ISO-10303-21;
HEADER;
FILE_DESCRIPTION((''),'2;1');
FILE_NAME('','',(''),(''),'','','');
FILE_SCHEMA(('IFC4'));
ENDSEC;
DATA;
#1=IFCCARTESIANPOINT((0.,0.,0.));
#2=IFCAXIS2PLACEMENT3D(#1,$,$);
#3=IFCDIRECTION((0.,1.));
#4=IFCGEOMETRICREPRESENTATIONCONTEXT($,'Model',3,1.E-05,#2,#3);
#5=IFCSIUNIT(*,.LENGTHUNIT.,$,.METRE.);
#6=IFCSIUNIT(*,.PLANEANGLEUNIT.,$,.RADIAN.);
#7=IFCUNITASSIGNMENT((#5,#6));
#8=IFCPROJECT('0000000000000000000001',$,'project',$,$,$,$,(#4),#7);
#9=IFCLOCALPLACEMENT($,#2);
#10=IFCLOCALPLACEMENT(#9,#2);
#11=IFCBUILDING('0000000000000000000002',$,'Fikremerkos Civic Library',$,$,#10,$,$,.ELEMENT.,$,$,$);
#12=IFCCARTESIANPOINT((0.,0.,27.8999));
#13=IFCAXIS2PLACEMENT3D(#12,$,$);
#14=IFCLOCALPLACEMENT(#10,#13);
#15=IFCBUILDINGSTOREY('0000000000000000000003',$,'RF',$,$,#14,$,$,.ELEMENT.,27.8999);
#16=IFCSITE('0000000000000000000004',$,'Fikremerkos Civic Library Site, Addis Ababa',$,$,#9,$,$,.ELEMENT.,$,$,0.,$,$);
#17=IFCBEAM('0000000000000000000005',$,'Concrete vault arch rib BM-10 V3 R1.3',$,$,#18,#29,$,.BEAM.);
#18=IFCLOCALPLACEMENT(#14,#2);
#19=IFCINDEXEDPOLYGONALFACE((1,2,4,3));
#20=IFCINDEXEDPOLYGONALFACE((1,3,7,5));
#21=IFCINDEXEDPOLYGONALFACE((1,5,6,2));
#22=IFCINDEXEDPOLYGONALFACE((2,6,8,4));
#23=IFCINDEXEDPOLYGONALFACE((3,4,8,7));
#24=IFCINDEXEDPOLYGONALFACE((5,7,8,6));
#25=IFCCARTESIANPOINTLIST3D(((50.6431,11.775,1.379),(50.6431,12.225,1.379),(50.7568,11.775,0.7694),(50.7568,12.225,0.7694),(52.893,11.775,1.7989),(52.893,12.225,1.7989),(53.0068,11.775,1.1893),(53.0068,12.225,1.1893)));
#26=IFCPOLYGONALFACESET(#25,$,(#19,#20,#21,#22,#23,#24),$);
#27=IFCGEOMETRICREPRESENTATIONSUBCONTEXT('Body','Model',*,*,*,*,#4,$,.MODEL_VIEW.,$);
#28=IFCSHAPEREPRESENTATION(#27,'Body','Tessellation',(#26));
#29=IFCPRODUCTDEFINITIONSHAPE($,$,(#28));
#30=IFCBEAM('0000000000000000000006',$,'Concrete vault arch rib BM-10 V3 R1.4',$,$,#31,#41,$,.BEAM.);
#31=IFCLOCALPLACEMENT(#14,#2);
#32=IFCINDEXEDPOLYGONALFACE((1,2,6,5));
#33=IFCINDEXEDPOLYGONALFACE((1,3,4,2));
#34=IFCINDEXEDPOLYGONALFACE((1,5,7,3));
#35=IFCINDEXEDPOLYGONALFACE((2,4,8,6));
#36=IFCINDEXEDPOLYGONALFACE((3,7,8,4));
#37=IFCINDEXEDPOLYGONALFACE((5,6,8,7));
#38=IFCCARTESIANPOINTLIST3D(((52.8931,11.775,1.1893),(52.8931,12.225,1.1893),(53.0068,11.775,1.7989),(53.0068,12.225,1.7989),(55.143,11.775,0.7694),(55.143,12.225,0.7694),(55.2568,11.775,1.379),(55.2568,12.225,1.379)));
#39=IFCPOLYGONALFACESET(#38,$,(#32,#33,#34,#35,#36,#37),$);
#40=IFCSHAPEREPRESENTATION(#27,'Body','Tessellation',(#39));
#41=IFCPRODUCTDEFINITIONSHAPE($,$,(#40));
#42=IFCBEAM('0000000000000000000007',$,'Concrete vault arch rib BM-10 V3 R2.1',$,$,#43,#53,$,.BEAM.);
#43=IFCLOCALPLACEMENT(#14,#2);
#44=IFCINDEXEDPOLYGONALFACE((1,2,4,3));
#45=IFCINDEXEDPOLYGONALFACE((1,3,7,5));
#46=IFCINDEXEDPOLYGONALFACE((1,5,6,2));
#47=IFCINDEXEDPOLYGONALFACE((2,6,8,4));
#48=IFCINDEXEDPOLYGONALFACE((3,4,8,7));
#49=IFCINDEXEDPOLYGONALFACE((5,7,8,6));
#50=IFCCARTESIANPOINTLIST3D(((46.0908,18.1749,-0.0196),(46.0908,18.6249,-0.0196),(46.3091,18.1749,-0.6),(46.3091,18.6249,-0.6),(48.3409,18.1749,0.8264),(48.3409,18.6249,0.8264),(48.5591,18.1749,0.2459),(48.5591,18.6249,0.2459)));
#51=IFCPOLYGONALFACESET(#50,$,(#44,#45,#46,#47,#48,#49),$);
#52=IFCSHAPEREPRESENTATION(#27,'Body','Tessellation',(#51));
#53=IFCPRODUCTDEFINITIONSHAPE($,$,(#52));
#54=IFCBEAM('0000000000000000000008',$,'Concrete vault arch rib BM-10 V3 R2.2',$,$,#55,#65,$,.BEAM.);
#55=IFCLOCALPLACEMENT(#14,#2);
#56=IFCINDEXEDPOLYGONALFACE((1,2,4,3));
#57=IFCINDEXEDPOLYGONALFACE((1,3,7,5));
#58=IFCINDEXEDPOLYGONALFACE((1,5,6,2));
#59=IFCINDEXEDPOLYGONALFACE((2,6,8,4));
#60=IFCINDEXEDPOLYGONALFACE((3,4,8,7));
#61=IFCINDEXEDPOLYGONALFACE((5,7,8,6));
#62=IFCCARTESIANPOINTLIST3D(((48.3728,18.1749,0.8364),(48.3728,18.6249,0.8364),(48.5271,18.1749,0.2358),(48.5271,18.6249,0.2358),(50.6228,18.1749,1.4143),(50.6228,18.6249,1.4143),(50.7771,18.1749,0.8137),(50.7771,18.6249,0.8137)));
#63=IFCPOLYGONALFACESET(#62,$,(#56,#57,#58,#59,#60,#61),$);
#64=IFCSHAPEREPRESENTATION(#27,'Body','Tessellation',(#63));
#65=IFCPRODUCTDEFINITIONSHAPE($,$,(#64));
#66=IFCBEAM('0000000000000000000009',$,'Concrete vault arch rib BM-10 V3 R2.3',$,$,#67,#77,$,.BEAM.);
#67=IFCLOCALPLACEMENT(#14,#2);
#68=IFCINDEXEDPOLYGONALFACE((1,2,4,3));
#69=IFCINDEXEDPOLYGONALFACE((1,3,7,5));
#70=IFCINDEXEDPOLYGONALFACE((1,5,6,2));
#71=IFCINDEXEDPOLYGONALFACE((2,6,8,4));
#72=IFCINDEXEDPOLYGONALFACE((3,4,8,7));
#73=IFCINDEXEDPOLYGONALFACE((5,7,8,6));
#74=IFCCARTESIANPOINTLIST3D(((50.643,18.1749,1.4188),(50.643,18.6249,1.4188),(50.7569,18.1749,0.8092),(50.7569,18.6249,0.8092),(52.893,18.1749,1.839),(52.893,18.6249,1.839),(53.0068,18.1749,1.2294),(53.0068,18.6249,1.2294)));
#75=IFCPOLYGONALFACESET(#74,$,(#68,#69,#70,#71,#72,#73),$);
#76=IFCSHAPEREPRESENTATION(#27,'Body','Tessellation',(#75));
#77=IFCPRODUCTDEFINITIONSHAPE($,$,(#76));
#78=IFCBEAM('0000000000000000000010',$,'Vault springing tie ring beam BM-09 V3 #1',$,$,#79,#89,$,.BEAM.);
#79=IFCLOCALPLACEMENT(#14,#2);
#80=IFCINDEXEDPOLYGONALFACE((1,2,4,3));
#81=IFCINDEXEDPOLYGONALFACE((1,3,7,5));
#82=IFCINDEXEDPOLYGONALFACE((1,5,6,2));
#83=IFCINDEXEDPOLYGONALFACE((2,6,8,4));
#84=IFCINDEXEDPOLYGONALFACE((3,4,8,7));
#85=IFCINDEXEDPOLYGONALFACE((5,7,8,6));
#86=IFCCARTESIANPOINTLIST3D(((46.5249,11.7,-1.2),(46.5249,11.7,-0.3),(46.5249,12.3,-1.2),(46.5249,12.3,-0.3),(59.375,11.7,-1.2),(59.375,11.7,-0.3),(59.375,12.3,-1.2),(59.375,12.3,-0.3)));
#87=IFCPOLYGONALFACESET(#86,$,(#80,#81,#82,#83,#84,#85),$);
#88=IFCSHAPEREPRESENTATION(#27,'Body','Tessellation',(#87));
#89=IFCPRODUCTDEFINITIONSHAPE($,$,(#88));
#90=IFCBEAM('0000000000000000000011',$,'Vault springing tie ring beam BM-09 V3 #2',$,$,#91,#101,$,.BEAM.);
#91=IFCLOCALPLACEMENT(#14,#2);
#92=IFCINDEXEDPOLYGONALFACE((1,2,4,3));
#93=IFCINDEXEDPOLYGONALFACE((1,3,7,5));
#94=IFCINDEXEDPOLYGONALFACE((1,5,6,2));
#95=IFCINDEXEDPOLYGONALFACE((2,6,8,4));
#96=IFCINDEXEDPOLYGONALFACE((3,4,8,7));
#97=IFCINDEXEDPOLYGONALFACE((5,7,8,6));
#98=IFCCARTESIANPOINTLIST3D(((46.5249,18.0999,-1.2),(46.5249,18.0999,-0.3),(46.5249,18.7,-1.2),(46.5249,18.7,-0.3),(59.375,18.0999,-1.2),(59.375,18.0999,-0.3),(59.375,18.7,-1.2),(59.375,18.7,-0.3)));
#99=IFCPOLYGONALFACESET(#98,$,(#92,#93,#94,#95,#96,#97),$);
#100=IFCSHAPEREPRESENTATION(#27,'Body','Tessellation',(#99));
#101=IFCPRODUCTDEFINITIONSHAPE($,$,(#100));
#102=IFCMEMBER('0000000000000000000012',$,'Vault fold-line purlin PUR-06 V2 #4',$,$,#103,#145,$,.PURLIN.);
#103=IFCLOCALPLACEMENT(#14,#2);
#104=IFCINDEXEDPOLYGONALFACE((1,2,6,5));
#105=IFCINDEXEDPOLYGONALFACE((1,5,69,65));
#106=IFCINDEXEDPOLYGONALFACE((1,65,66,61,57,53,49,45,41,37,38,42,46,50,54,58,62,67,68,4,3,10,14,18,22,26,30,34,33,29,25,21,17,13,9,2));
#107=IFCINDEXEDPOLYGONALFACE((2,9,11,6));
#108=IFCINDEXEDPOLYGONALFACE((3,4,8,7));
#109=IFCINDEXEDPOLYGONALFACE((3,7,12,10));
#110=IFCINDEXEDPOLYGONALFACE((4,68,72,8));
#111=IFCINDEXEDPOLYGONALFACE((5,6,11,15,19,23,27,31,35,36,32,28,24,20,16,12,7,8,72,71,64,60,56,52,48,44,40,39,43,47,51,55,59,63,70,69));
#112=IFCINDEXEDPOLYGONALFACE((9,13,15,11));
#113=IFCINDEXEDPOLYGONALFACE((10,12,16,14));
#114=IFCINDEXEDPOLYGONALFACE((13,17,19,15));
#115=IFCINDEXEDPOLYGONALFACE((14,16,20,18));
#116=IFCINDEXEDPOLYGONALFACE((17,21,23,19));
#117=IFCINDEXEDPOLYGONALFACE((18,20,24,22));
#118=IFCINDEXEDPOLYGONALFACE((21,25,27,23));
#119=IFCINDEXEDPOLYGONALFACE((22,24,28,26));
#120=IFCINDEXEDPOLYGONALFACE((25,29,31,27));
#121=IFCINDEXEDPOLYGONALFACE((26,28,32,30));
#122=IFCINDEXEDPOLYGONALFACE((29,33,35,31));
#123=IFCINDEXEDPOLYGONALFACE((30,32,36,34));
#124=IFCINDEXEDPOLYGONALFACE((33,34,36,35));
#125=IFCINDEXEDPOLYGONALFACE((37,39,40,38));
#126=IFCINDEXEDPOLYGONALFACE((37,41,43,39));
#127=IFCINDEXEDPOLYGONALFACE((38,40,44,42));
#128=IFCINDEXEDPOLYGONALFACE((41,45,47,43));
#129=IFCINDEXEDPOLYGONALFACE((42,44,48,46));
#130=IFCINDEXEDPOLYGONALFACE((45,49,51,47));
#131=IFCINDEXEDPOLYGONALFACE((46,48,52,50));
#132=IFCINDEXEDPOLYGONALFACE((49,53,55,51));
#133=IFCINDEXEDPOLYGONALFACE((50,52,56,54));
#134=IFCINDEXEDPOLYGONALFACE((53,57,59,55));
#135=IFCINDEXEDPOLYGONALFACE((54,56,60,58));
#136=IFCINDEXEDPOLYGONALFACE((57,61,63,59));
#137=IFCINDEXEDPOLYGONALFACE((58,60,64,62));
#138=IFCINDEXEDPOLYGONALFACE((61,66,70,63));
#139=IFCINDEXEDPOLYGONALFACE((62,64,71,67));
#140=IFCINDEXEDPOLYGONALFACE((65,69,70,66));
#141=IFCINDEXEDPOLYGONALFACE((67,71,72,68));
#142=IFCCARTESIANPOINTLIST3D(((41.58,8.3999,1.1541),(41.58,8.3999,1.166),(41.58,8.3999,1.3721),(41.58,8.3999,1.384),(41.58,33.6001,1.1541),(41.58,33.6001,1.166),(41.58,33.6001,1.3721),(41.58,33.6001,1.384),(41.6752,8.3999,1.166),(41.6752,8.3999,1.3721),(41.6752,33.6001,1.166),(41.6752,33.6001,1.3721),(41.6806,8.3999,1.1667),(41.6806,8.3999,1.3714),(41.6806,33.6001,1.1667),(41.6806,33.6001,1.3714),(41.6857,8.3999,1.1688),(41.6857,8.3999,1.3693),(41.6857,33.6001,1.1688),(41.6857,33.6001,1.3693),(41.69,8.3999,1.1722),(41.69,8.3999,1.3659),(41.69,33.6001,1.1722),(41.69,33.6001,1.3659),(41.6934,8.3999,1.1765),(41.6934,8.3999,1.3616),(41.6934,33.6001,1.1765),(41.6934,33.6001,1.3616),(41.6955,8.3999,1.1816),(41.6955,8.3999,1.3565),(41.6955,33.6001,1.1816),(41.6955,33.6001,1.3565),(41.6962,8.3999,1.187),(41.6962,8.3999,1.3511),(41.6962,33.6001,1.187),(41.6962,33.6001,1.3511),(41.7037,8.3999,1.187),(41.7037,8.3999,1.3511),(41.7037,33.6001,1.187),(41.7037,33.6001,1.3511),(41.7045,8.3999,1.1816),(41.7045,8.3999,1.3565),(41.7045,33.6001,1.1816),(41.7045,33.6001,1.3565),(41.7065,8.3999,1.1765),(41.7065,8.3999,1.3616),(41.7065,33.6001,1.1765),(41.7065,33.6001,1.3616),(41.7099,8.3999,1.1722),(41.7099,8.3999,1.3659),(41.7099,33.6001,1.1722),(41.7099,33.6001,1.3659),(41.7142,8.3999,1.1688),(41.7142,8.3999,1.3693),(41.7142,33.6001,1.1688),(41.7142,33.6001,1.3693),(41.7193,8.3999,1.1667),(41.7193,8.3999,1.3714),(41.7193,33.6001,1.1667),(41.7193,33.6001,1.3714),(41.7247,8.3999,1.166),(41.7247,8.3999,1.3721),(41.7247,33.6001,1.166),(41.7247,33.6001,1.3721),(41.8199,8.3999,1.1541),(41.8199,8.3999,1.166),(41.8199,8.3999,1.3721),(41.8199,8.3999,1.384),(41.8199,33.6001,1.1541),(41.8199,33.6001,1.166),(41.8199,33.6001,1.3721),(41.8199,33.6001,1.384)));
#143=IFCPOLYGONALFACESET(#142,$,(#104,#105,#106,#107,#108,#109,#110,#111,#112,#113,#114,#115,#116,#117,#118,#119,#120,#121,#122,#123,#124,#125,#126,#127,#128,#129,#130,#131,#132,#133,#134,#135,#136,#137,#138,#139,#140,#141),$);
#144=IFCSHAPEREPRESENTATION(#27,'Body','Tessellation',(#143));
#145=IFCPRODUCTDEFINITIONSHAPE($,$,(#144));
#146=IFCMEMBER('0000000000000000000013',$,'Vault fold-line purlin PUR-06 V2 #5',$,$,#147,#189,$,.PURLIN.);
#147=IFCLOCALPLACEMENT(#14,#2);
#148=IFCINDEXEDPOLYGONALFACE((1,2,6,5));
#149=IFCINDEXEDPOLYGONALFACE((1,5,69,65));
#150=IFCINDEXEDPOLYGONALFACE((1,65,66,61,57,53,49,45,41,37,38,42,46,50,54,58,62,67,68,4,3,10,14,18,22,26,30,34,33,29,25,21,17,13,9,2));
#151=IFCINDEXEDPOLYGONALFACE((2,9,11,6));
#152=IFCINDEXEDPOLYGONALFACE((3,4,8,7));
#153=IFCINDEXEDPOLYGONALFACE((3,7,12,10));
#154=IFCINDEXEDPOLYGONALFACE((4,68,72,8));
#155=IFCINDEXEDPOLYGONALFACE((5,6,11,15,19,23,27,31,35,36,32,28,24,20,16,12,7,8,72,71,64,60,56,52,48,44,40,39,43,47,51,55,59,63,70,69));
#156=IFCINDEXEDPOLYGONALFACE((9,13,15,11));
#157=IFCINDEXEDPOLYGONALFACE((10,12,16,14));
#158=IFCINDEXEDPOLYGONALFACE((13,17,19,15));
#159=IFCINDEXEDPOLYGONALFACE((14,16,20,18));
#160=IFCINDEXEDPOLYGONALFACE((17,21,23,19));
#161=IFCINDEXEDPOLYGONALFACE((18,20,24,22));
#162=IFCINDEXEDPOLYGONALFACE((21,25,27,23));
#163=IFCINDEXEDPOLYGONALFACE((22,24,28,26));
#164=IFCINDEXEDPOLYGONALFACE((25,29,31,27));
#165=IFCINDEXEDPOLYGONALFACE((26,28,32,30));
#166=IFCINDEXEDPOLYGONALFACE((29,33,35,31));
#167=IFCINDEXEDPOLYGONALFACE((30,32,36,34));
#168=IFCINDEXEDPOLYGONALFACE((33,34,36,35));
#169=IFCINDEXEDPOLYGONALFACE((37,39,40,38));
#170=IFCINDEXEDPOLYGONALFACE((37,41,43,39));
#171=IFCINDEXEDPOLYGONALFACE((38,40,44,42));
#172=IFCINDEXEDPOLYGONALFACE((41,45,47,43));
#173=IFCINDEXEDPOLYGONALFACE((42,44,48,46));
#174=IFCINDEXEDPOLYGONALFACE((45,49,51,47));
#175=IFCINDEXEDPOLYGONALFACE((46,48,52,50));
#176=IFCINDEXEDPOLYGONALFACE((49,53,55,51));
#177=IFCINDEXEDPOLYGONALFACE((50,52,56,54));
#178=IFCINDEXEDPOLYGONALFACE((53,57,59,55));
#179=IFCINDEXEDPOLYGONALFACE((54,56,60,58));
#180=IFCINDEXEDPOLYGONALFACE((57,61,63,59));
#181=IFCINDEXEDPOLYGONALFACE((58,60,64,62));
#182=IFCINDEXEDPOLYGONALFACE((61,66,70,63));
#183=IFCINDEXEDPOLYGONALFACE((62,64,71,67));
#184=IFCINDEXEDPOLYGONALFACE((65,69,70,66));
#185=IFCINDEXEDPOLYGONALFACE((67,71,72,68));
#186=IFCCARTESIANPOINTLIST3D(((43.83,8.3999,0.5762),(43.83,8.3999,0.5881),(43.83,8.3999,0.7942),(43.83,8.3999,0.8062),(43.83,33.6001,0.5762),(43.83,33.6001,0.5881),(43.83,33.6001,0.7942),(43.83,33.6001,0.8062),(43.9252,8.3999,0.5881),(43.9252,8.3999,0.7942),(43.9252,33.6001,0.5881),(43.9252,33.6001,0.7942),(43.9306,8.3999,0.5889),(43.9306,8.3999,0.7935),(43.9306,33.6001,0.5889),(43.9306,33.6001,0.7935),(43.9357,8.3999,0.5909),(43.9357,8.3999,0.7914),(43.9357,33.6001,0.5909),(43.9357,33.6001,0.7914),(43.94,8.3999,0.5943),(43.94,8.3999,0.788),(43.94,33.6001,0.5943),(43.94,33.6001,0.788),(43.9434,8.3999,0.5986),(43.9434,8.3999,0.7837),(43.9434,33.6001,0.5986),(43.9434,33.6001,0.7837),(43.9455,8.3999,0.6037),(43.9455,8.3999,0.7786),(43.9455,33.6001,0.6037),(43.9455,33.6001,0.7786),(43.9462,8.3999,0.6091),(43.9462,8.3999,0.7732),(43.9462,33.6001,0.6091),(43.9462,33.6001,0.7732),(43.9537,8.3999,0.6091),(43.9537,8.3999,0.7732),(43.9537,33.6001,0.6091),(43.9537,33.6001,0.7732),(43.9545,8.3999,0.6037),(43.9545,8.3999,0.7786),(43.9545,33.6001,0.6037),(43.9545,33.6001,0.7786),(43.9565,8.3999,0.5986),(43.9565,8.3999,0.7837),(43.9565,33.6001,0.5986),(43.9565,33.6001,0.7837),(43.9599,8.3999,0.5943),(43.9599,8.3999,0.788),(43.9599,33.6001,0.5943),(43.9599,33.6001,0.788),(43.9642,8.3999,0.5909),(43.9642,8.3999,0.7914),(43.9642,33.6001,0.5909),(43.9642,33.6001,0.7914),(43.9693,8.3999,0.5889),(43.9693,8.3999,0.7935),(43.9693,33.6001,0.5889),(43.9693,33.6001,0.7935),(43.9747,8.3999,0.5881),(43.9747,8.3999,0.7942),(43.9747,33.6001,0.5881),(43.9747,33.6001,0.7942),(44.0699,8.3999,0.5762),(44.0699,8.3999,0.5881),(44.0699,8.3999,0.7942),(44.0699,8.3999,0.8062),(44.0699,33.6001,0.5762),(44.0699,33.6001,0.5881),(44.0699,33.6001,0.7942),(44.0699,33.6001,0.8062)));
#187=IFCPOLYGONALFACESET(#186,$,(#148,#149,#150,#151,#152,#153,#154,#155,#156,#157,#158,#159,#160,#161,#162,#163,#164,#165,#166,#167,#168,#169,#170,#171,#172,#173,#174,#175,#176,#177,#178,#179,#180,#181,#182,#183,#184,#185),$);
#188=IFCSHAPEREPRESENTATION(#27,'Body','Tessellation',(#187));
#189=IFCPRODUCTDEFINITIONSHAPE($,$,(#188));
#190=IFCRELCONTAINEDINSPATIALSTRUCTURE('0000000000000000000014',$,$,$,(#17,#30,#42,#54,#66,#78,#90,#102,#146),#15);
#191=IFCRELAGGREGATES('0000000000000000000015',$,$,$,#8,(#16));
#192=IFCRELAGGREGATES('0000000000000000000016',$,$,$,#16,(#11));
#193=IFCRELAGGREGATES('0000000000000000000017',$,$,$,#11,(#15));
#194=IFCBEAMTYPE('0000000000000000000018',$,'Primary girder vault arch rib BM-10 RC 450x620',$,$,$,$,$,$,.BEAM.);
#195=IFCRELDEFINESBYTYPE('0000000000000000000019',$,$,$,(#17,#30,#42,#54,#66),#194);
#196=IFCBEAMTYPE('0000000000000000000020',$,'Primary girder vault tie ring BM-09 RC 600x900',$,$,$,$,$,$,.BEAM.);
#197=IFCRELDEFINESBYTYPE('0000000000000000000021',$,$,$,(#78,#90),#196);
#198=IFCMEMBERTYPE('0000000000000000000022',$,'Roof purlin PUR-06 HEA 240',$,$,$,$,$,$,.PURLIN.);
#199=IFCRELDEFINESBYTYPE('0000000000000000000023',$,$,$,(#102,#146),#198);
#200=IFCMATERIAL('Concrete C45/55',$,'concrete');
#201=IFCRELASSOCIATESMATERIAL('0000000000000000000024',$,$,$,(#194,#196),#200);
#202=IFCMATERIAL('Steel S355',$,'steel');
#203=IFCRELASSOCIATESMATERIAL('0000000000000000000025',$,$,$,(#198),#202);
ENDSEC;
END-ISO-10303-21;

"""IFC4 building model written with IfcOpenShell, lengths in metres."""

from ifc_helpers import new_model, si_unit, direction, frame, origin, origin_2d, place, context, subcontext, project, spatial, rectangle, i_section, extrude, material, material_profile, profile_set, type_object, element, save


model = new_model("IFC4")

# Units and contexts
model_context = context("Model", 3, precision=1e-05, world=origin(), true_north=direction((0.0, 1.0)))
body_context = subcontext(model_context, "Body", "Model", "MODEL_VIEW")
ifc_project = project(units=[si_unit("LENGTHUNIT", "METRE"), si_unit("PLANEANGLEUNIT", "RADIAN")], contexts=[model_context])

# Site, building, storey
site_placement = place(None, origin())
site = spatial("IfcSite", under=ifc_project, at=site_placement, Name="Fikremerkos Civic Library Site, Addis Ababa", CompositionType="ELEMENT", RefElevation=0.0)
building_placement = place(site_placement, origin())
building = spatial("IfcBuilding", under=site, at=building_placement, Name="Fikremerkos Civic Library", CompositionType="ELEMENT")
storey_placement = place(building_placement, frame((0.0, 0.0, 27.8999)))
storey = spatial("IfcBuildingStorey", under=building, at=storey_placement, Name="RF", CompositionType="ELEMENT", Elevation=27.8999)

# Shared definitions
ifc_material_1 = material(Name="Steel S355", Category="steel")

# Beams
ifc_material_2 = material(Name="Concrete C45/55", Category="concrete")
ifc_material_profile_1 = material_profile(ifc_material_2, rectangle(XDim=0.45, YDim=0.6201, at=origin_2d()), Name="RC 450x620")
ifc_profile_set_1 = profile_set([ifc_material_profile_1], Name="Concrete C45/55")
beam_type_1 = type_object("IfcBeamType", Name="Primary girder vault arch rib BM-10 RC 450x620", PredefinedType="BEAM", material=ifc_profile_set_1)
for number, where, z_axis, x_axis, name in (
    (1, (50.7, 12.0, 1.0742), (0.983026, 0.0, 0.183464), (0.0, 1.0, 0.0), "Concrete vault arch rib BM-10 V3 R1.3"),
    (2, (52.95, 12.0, 1.4941), (0.983026, 0.0, -0.183464), (0.0, 1.0, 0.0), "Concrete vault arch rib BM-10 V3 R1.4"),
):
    element("IfcBeam", number, at=place(storey_placement, frame(where, z_axis=z_axis, x_axis=x_axis)), inside=storey, type_object=beam_type_1, Name=name, PredefinedType="BEAM", context=body_context, shape_type="SweptSolid", body=[
        extrude(rectangle(XDim=0.45, YDim=0.6201, at=origin_2d()), origin(), (0.0, 0.0, 1.0), 2.2888),
    ])
beam_1_placement = place(storey_placement, frame((46.2, 18.3999, -0.3098), z_axis=(0.936028, 0.0, 0.351925), x_axis=(0.0, 1.0, 0.0)))
element("IfcBeam", 3, at=beam_1_placement, inside=storey, type_object=beam_type_1, Name="Concrete vault arch rib BM-10 V3 R2.1", PredefinedType="BEAM", context=body_context, shape_type="SweptSolid", body=[
    extrude(rectangle(XDim=0.45, YDim=0.6201, at=origin_2d()), origin(), (0.0, 0.0, 1.0), 2.4038),
])
beam_2_placement = place(storey_placement, frame((48.45, 18.3999, 0.5361), z_axis=(0.968565, 0.0, 0.248762), x_axis=(0.0, 1.0, 0.0)))
element("IfcBeam", 4, at=beam_2_placement, inside=storey, type_object=beam_type_1, Name="Concrete vault arch rib BM-10 V3 R2.2", PredefinedType="BEAM", context=body_context, shape_type="SweptSolid", body=[
    extrude(rectangle(XDim=0.45, YDim=0.6201, at=origin_2d()), origin(), (0.0, 0.0, 1.0), 2.323),
])
beam_3_placement = place(storey_placement, frame((50.7, 18.3999, 1.114), z_axis=(0.983007, 0.0, 0.183567), x_axis=(0.0, 1.0, 0.0)))
element("IfcBeam", 5, at=beam_3_placement, inside=storey, type_object=beam_type_1, Name="Concrete vault arch rib BM-10 V3 R2.3", PredefinedType="BEAM", context=body_context, shape_type="SweptSolid", body=[
    extrude(rectangle(XDim=0.45, YDim=0.6201, at=origin_2d()), origin(), (0.0, 0.0, 1.0), 2.2888),
])
ifc_material_profile_2 = material_profile(ifc_material_2, rectangle(XDim=0.6001, YDim=0.8999, at=origin_2d()), Name="RC 600x900")
ifc_profile_set_2 = profile_set([ifc_material_profile_2], Name="Concrete C45/55")
beam_type_2 = type_object("IfcBeamType", Name="Primary girder vault tie ring BM-09 RC 600x900", PredefinedType="BEAM", material=ifc_profile_set_2)
for number, where, z_axis, x_axis, name in (
    (6, (46.5249, 12.0, -0.75), (1.0, 0.0, 0.0), (0.0, 1.0, 0.0), "Vault springing tie ring beam BM-09 V3 #1"),
    (7, (46.5249, 18.3999, -0.75), (1.0, 0.0, 0.0), (0.0, 1.0, 0.0), "Vault springing tie ring beam BM-09 V3 #2"),
):
    element("IfcBeam", number, at=place(storey_placement, frame(where, z_axis=z_axis, x_axis=x_axis)), inside=storey, type_object=beam_type_2, Name=name, PredefinedType="BEAM", context=body_context, shape_type="SweptSolid", body=[
        extrude(rectangle(XDim=0.6001, YDim=0.8999, at=origin_2d()), origin(), (0.0, 0.0, 1.0), 12.8501),
    ])

# Members
ifc_material_profile_3 = material_profile(ifc_material_1, i_section(OverallWidth=0.24, OverallDepth=0.23, WebThickness=0.0076, FlangeThickness=0.012, FilletRadius=0.021, at=origin_2d()), Name="HEA 240")
ifc_profile_set_3 = profile_set([ifc_material_profile_3], Name="Steel S355")
member_type_1 = type_object("IfcMemberType", Name="Roof purlin PUR-06 HEA 240", PredefinedType="PURLIN", material=ifc_profile_set_3)
for number, where, z_axis, x_axis, name in (
    (8, (41.7, 8.3999, 1.269), (0.0, 1.0, 0.0), (-1.0, 0.0, 0.0), "Vault fold-line purlin PUR-06 V2 #4"),
    (9, (43.95, 8.3999, 0.6912), (0.0, 1.0, 0.0), (-1.0, 0.0, 0.0), "Vault fold-line purlin PUR-06 V2 #5"),
):
    element("IfcMember", number, at=place(storey_placement, frame(where, z_axis=z_axis, x_axis=x_axis)), inside=storey, type_object=member_type_1, Name=name, PredefinedType="PURLIN", context=body_context, shape_type="SweptSolid", body=[
        extrude(i_section(OverallWidth=0.24, OverallDepth=0.23, WebThickness=0.0076, FlangeThickness=0.012, FilletRadius=0.021, at=origin_2d()), origin(), (0.0, 0.0, 1.0), 25.2002),
    ])

save(model, "model.ifc")
